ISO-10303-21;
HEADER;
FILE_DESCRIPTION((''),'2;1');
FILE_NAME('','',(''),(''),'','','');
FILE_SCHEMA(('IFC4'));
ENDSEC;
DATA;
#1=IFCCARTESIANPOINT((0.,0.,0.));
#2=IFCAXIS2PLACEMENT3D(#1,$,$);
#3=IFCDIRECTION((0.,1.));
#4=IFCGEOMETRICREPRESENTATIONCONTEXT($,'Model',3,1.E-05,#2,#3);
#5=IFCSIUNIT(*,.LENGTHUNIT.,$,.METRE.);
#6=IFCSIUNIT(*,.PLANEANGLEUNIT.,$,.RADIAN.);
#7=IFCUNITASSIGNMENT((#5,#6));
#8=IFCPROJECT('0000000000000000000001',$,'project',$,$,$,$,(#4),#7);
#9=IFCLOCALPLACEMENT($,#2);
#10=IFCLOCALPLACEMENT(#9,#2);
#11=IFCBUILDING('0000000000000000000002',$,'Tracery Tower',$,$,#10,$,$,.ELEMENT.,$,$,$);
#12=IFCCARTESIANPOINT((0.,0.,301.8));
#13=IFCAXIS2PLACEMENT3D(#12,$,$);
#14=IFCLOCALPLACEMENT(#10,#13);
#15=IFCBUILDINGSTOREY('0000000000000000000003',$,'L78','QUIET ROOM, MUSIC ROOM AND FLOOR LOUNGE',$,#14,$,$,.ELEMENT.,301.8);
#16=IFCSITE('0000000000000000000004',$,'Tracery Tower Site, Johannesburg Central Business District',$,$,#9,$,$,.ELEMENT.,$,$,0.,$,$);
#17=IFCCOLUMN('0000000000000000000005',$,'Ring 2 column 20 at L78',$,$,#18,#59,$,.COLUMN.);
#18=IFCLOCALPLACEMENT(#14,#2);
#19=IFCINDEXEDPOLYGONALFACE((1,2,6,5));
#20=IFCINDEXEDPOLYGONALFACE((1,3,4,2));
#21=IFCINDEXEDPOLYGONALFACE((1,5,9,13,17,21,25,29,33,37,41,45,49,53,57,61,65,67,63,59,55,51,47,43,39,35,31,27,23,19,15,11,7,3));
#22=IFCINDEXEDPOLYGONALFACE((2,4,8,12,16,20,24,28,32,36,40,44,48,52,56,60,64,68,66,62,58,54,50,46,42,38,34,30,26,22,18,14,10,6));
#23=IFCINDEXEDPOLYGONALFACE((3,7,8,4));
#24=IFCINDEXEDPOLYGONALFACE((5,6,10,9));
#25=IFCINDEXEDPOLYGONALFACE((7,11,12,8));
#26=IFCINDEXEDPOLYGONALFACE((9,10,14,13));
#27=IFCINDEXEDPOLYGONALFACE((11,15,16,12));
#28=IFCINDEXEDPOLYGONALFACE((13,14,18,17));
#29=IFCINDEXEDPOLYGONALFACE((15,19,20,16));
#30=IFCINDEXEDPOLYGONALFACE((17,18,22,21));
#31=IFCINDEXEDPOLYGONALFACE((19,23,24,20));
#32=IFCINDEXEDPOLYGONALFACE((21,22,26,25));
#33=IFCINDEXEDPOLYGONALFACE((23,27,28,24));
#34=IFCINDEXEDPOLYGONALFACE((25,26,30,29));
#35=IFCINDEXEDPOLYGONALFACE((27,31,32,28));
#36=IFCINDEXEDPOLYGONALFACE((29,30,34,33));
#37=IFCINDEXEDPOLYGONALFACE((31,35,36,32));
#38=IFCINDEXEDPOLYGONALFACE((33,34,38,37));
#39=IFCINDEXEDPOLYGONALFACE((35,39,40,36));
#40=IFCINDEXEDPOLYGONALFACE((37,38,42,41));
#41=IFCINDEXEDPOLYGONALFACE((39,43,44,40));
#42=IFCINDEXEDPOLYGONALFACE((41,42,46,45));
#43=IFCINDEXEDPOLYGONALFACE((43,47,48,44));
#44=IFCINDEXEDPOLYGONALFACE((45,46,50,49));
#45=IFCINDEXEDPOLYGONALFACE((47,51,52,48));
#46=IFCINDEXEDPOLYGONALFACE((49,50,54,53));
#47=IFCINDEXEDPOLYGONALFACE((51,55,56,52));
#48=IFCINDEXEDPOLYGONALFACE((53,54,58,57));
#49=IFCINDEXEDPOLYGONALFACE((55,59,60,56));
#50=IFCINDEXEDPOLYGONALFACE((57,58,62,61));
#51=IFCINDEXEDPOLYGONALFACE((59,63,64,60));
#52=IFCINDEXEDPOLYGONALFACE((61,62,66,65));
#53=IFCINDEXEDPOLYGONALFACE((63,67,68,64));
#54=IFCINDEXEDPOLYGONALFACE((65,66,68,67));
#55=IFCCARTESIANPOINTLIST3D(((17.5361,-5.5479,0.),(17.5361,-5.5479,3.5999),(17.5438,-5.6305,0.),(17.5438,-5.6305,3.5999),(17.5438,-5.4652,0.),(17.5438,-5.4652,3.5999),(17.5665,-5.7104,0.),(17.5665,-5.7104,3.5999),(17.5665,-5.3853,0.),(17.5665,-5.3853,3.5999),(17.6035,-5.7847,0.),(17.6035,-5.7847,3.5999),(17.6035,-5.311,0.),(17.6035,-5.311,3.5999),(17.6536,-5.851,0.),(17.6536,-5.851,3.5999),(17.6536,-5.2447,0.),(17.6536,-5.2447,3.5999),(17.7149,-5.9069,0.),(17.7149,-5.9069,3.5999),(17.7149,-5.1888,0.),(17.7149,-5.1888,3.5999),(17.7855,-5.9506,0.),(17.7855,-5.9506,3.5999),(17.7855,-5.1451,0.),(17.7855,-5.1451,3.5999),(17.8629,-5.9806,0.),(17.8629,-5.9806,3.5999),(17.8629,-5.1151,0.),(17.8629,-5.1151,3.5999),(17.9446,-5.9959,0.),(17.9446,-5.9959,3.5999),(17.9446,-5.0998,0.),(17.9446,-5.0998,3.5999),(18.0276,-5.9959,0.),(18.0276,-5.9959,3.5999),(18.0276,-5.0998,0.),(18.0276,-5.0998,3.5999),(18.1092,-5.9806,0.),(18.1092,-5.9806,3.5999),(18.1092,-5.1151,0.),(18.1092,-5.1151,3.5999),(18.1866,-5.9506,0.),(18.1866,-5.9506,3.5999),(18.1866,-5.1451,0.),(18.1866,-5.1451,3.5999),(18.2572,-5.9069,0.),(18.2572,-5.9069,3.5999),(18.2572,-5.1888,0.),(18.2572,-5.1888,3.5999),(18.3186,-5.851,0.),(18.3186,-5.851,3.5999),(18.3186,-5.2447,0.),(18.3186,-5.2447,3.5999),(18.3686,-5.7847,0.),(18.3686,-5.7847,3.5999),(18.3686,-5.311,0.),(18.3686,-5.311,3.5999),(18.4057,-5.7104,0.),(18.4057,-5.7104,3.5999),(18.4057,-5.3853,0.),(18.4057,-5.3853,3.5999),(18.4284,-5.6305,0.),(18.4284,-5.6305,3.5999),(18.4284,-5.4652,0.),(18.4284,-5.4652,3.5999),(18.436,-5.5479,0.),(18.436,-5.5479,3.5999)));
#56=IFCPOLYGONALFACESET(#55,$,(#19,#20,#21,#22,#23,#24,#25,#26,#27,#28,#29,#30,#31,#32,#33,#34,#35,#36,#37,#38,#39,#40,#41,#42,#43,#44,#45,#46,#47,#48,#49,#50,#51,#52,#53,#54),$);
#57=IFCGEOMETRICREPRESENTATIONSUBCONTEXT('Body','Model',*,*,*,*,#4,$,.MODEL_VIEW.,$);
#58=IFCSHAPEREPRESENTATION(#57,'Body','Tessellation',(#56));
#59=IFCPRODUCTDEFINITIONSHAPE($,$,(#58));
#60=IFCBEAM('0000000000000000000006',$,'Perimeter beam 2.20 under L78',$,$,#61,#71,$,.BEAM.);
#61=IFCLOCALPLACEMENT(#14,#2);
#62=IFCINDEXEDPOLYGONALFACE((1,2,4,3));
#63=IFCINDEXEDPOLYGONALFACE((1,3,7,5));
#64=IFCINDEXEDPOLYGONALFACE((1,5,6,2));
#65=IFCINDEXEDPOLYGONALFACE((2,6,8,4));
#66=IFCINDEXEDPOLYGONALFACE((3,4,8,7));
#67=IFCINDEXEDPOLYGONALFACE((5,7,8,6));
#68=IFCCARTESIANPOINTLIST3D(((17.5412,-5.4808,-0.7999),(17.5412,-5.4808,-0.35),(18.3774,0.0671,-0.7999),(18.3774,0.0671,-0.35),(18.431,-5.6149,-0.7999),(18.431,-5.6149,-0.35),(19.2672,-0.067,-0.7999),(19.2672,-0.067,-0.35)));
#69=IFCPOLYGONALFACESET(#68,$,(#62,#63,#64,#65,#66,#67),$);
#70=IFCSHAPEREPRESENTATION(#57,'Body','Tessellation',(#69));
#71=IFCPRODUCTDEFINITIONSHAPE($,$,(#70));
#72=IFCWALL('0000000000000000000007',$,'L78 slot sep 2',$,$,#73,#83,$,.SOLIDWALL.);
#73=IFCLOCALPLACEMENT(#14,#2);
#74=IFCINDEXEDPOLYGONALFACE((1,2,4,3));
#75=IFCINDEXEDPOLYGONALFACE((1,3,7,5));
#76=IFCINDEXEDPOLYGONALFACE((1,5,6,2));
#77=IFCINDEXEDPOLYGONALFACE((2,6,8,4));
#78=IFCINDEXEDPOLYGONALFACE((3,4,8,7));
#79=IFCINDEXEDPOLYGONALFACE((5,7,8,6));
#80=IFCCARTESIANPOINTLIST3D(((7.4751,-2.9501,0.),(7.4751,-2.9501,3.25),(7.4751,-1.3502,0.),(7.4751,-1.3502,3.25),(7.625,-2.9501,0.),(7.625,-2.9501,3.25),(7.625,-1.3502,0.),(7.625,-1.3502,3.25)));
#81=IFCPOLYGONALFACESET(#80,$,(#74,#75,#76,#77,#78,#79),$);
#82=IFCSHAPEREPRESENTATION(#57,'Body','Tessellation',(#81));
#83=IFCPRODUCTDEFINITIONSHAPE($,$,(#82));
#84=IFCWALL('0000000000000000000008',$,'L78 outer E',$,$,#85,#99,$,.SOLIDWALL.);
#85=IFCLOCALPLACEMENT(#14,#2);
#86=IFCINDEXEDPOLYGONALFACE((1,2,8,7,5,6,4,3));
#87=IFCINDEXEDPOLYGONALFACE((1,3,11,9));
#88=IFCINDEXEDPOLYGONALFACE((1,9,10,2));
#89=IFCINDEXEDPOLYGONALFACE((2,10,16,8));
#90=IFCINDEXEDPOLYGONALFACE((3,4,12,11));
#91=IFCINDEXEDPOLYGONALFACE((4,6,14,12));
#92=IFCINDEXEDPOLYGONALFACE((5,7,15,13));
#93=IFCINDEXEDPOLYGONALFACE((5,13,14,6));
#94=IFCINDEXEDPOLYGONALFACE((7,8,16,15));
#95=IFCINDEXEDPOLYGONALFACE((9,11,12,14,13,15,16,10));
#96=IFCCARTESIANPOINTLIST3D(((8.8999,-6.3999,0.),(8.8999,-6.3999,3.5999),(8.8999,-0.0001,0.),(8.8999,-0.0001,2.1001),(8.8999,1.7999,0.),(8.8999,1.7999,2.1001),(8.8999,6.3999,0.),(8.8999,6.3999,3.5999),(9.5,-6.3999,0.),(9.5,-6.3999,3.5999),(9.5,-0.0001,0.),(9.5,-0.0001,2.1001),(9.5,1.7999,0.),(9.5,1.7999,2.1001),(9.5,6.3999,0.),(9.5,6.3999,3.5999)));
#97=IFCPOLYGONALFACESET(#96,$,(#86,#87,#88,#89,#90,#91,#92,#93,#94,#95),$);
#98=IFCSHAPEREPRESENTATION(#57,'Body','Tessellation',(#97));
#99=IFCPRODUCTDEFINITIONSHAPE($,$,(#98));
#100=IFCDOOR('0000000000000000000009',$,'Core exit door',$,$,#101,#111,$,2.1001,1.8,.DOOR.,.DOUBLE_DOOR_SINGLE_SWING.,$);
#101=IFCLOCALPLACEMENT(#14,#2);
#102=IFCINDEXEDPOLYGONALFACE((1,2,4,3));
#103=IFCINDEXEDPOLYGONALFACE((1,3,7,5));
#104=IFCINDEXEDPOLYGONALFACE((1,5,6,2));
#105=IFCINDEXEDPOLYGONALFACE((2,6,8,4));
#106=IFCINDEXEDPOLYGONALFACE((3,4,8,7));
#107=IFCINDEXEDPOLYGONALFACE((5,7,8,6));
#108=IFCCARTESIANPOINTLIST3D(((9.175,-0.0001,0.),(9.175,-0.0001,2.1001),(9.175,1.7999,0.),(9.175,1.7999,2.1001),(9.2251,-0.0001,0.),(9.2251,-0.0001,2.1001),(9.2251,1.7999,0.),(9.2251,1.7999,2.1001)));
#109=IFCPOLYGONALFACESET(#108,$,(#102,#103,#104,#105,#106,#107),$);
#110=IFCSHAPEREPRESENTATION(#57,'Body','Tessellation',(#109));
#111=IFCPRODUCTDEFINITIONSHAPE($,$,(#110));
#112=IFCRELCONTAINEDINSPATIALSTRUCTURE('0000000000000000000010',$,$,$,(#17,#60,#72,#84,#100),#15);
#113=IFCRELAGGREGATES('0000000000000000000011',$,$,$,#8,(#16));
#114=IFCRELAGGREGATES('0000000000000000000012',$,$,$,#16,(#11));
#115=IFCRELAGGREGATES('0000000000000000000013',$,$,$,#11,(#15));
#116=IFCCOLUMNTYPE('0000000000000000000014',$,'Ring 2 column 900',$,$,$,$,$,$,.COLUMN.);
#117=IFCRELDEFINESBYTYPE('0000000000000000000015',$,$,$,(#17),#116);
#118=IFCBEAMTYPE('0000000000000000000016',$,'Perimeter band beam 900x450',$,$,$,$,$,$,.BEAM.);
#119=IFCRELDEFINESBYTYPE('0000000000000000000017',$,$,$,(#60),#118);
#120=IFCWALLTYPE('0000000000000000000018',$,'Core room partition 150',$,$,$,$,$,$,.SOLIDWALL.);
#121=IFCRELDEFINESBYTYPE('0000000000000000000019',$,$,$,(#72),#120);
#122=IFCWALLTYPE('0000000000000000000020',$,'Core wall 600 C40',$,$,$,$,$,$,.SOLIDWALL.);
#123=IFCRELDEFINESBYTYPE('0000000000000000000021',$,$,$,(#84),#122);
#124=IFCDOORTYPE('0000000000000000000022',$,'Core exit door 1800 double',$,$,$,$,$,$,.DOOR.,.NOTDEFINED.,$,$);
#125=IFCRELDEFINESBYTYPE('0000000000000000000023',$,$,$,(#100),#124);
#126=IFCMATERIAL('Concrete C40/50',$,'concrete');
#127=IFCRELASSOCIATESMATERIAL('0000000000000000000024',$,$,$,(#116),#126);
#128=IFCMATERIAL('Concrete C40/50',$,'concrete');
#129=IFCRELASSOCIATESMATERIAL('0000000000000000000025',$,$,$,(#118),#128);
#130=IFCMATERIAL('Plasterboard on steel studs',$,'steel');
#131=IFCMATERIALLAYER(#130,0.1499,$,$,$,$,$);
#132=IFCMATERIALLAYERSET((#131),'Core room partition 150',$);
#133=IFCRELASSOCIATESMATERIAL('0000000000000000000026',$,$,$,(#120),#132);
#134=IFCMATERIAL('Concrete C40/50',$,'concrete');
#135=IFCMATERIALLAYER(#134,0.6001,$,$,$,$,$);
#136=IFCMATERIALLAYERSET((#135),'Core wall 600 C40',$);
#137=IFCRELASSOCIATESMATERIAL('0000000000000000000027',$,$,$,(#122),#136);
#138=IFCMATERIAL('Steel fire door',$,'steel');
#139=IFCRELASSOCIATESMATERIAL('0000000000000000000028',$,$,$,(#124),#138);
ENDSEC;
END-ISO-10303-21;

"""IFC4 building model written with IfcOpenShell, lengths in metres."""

from ifc_helpers import new_model, si_unit, direction, frame, frame_2d, origin, origin_2d, place, context, subcontext, project, spatial, rectangle, circle, extrude, material, layer, layer_set, material_profile, profile_set, type_object, element, fill, save


model = new_model("IFC4")

# Units and contexts
model_context = context("Model", 3, precision=1e-05, world=origin(), true_north=direction((0.0, 1.0)))
body_context = subcontext(model_context, "Body", "Model", "MODEL_VIEW")
ifc_project = project(units=[si_unit("LENGTHUNIT", "METRE"), si_unit("PLANEANGLEUNIT", "RADIAN")], contexts=[model_context])

# Site, building, storey
site_placement = place(None, origin())
site = spatial("IfcSite", under=ifc_project, at=site_placement, Name="Tracery Tower Site, Johannesburg Central Business District", CompositionType="ELEMENT", RefElevation=0.0)
building_placement = place(site_placement, origin())
building = spatial("IfcBuilding", under=site, at=building_placement, Name="Tracery Tower", CompositionType="ELEMENT")
storey_placement = place(building_placement, frame((0.0, 0.0, 301.8)))
storey = spatial("IfcBuildingStorey", under=building, at=storey_placement, Name="L78", Description="QUIET ROOM, MUSIC ROOM AND FLOOR LOUNGE", CompositionType="ELEMENT", Elevation=301.8)

# Column
ifc_material_1 = material(Name="Concrete C40/50", Category="concrete")
ifc_material_profile_1 = material_profile(ifc_material_1, circle(Radius=0.45, at=origin_2d()), Name="RC D900")
ifc_profile_set_1 = profile_set([ifc_material_profile_1], Name="Concrete C40/50")
column_type = type_object("IfcColumnType", Name="Ring 2 column 900", PredefinedType="COLUMN", material=ifc_profile_set_1)
column_placement = place(storey_placement, frame((17.9861, -5.5479, 0.0), z_axis=(0.0, 0.0, 1.0), x_axis=(1.0, 0.0, 0.0)))
element("IfcColumn", 1, at=column_placement, inside=storey, type_object=column_type, Name="Ring 2 column 20 at L78", PredefinedType="COLUMN", context=body_context, shape_type="SweptSolid", body=[
    extrude(circle(Radius=0.45, at=origin_2d()), origin(), (0.0, 0.0, 1.0), 3.5999),
])

# Beam
ifc_material_2 = material(Name="Concrete C40/50", Category="concrete")
ifc_material_profile_2 = material_profile(ifc_material_2, rectangle(XDim=0.8999, YDim=0.45, at=origin_2d()), Name="RC 900x450")
ifc_profile_set_2 = profile_set([ifc_material_profile_2], Name="Concrete C40/50")
beam_type = type_object("IfcBeamType", Name="Perimeter band beam 900x450", PredefinedType="BEAM", material=ifc_profile_set_2)
beam_placement = place(storey_placement, frame((17.9861, -5.5479, -0.575), z_axis=(0.149038, 0.988831, 0.0), x_axis=(-0.988831, 0.149038, 0.0)))
element("IfcBeam", 2, at=beam_placement, inside=storey, type_object=beam_type, Name="Perimeter beam 2.20 under L78", PredefinedType="BEAM", context=body_context, shape_type="SweptSolid", body=[
    extrude(rectangle(XDim=0.8999, YDim=0.45, at=origin_2d()), origin(), (0.0, 0.0, 1.0), 5.6106),
])

# Wall
ifc_material_3 = material(Name="Plasterboard on steel studs", Category="steel")
ifc_layer_1 = layer(ifc_material_3, 0.1499)
ifc_layer_set_1 = layer_set([ifc_layer_1], Name="Core room partition 150")
wall_type_1 = type_object("IfcWallType", Name="Core room partition 150", PredefinedType="SOLIDWALL", material=ifc_layer_set_1)
wall_1_placement = place(storey_placement, frame((7.55, -2.95, 0.0), z_axis=(0.0, 0.0, 1.0), x_axis=(0.0, 1.0, 0.0)))
element("IfcWall", 3, at=wall_1_placement, inside=storey, type_object=wall_type_1, Name="L78 slot sep 2", PredefinedType="SOLIDWALL", context=body_context, shape_type="SweptSolid", body=[
    extrude(rectangle(XDim=1.5999, YDim=0.1499, at=frame_2d((0.7998, 0.0))), origin(), (0.0, 0.0, 1.0), 3.25),
])

# Wall, opening, door
ifc_material_4 = material(Name="Concrete C40/50", Category="concrete")
ifc_layer_2 = layer(ifc_material_4, 0.6001)
ifc_layer_set_2 = layer_set([ifc_layer_2], Name="Core wall 600 C40")
wall_type_2 = type_object("IfcWallType", Name="Core wall 600 C40", PredefinedType="SOLIDWALL", material=ifc_layer_set_2)
wall_2_placement = place(storey_placement, frame((9.2, -6.3999, 0.0), z_axis=(0.0, 0.0, 1.0), x_axis=(0.0, 1.0, 0.0)))
wall_2 = element("IfcWall", 4, at=wall_2_placement, inside=storey, type_object=wall_type_2, Name="L78 outer E", PredefinedType="SOLIDWALL", context=body_context, shape_type="SweptSolid", body=[
    extrude(rectangle(XDim=12.7998, YDim=0.6001, at=frame_2d((6.3999, 0.0))), origin(), (0.0, 0.0, 1.0), 3.5999),
])
opening_1_placement = place(wall_2_placement, frame((6.3999, 0.0, 0.0)))
opening_1 = element("IfcOpeningElement", 5, at=opening_1_placement, cuts=wall_2, PredefinedType="OPENING", context=body_context, shape_type="SweptSolid", body=[
    extrude(rectangle(XDim=1.8, YDim=2.1001, at=frame_2d((0.8999, 1.05))), frame((0.0, 0.3, 0.0), z_axis=(0.0, -1.0, 0.0), x_axis=(1.0, 0.0, 0.0)), (0.0, 0.0, 1.0), 0.6001),
])
ifc_material_5 = material(Name="Steel fire door", Category="steel")
door_type_1 = type_object("IfcDoorType", Name="Core exit door 1800 double", OperationType="NOTDEFINED", PredefinedType="DOOR", material=ifc_material_5)
door_1_placement = place(opening_1_placement, origin())
door_1 = element("IfcDoor", 6, at=door_1_placement, inside=storey, type_object=door_type_1, Name="Core exit door", OperationType="DOUBLE_DOOR_SINGLE_SWING", OverallHeight=2.1001, OverallWidth=1.8, PredefinedType="DOOR", context=body_context, shape_type="SweptSolid", body=[
    extrude(rectangle(XDim=1.8, YDim=2.1001, at=frame_2d((0.8999, 1.05))), frame((0.0, 0.0249, 0.0), z_axis=(0.0, -1.0, 0.0), x_axis=(1.0, 0.0, 0.0)), (0.0, 0.0, 1.0), 0.05),
])
fill(opening_1, door_1)

save(model, "model.ifc")
